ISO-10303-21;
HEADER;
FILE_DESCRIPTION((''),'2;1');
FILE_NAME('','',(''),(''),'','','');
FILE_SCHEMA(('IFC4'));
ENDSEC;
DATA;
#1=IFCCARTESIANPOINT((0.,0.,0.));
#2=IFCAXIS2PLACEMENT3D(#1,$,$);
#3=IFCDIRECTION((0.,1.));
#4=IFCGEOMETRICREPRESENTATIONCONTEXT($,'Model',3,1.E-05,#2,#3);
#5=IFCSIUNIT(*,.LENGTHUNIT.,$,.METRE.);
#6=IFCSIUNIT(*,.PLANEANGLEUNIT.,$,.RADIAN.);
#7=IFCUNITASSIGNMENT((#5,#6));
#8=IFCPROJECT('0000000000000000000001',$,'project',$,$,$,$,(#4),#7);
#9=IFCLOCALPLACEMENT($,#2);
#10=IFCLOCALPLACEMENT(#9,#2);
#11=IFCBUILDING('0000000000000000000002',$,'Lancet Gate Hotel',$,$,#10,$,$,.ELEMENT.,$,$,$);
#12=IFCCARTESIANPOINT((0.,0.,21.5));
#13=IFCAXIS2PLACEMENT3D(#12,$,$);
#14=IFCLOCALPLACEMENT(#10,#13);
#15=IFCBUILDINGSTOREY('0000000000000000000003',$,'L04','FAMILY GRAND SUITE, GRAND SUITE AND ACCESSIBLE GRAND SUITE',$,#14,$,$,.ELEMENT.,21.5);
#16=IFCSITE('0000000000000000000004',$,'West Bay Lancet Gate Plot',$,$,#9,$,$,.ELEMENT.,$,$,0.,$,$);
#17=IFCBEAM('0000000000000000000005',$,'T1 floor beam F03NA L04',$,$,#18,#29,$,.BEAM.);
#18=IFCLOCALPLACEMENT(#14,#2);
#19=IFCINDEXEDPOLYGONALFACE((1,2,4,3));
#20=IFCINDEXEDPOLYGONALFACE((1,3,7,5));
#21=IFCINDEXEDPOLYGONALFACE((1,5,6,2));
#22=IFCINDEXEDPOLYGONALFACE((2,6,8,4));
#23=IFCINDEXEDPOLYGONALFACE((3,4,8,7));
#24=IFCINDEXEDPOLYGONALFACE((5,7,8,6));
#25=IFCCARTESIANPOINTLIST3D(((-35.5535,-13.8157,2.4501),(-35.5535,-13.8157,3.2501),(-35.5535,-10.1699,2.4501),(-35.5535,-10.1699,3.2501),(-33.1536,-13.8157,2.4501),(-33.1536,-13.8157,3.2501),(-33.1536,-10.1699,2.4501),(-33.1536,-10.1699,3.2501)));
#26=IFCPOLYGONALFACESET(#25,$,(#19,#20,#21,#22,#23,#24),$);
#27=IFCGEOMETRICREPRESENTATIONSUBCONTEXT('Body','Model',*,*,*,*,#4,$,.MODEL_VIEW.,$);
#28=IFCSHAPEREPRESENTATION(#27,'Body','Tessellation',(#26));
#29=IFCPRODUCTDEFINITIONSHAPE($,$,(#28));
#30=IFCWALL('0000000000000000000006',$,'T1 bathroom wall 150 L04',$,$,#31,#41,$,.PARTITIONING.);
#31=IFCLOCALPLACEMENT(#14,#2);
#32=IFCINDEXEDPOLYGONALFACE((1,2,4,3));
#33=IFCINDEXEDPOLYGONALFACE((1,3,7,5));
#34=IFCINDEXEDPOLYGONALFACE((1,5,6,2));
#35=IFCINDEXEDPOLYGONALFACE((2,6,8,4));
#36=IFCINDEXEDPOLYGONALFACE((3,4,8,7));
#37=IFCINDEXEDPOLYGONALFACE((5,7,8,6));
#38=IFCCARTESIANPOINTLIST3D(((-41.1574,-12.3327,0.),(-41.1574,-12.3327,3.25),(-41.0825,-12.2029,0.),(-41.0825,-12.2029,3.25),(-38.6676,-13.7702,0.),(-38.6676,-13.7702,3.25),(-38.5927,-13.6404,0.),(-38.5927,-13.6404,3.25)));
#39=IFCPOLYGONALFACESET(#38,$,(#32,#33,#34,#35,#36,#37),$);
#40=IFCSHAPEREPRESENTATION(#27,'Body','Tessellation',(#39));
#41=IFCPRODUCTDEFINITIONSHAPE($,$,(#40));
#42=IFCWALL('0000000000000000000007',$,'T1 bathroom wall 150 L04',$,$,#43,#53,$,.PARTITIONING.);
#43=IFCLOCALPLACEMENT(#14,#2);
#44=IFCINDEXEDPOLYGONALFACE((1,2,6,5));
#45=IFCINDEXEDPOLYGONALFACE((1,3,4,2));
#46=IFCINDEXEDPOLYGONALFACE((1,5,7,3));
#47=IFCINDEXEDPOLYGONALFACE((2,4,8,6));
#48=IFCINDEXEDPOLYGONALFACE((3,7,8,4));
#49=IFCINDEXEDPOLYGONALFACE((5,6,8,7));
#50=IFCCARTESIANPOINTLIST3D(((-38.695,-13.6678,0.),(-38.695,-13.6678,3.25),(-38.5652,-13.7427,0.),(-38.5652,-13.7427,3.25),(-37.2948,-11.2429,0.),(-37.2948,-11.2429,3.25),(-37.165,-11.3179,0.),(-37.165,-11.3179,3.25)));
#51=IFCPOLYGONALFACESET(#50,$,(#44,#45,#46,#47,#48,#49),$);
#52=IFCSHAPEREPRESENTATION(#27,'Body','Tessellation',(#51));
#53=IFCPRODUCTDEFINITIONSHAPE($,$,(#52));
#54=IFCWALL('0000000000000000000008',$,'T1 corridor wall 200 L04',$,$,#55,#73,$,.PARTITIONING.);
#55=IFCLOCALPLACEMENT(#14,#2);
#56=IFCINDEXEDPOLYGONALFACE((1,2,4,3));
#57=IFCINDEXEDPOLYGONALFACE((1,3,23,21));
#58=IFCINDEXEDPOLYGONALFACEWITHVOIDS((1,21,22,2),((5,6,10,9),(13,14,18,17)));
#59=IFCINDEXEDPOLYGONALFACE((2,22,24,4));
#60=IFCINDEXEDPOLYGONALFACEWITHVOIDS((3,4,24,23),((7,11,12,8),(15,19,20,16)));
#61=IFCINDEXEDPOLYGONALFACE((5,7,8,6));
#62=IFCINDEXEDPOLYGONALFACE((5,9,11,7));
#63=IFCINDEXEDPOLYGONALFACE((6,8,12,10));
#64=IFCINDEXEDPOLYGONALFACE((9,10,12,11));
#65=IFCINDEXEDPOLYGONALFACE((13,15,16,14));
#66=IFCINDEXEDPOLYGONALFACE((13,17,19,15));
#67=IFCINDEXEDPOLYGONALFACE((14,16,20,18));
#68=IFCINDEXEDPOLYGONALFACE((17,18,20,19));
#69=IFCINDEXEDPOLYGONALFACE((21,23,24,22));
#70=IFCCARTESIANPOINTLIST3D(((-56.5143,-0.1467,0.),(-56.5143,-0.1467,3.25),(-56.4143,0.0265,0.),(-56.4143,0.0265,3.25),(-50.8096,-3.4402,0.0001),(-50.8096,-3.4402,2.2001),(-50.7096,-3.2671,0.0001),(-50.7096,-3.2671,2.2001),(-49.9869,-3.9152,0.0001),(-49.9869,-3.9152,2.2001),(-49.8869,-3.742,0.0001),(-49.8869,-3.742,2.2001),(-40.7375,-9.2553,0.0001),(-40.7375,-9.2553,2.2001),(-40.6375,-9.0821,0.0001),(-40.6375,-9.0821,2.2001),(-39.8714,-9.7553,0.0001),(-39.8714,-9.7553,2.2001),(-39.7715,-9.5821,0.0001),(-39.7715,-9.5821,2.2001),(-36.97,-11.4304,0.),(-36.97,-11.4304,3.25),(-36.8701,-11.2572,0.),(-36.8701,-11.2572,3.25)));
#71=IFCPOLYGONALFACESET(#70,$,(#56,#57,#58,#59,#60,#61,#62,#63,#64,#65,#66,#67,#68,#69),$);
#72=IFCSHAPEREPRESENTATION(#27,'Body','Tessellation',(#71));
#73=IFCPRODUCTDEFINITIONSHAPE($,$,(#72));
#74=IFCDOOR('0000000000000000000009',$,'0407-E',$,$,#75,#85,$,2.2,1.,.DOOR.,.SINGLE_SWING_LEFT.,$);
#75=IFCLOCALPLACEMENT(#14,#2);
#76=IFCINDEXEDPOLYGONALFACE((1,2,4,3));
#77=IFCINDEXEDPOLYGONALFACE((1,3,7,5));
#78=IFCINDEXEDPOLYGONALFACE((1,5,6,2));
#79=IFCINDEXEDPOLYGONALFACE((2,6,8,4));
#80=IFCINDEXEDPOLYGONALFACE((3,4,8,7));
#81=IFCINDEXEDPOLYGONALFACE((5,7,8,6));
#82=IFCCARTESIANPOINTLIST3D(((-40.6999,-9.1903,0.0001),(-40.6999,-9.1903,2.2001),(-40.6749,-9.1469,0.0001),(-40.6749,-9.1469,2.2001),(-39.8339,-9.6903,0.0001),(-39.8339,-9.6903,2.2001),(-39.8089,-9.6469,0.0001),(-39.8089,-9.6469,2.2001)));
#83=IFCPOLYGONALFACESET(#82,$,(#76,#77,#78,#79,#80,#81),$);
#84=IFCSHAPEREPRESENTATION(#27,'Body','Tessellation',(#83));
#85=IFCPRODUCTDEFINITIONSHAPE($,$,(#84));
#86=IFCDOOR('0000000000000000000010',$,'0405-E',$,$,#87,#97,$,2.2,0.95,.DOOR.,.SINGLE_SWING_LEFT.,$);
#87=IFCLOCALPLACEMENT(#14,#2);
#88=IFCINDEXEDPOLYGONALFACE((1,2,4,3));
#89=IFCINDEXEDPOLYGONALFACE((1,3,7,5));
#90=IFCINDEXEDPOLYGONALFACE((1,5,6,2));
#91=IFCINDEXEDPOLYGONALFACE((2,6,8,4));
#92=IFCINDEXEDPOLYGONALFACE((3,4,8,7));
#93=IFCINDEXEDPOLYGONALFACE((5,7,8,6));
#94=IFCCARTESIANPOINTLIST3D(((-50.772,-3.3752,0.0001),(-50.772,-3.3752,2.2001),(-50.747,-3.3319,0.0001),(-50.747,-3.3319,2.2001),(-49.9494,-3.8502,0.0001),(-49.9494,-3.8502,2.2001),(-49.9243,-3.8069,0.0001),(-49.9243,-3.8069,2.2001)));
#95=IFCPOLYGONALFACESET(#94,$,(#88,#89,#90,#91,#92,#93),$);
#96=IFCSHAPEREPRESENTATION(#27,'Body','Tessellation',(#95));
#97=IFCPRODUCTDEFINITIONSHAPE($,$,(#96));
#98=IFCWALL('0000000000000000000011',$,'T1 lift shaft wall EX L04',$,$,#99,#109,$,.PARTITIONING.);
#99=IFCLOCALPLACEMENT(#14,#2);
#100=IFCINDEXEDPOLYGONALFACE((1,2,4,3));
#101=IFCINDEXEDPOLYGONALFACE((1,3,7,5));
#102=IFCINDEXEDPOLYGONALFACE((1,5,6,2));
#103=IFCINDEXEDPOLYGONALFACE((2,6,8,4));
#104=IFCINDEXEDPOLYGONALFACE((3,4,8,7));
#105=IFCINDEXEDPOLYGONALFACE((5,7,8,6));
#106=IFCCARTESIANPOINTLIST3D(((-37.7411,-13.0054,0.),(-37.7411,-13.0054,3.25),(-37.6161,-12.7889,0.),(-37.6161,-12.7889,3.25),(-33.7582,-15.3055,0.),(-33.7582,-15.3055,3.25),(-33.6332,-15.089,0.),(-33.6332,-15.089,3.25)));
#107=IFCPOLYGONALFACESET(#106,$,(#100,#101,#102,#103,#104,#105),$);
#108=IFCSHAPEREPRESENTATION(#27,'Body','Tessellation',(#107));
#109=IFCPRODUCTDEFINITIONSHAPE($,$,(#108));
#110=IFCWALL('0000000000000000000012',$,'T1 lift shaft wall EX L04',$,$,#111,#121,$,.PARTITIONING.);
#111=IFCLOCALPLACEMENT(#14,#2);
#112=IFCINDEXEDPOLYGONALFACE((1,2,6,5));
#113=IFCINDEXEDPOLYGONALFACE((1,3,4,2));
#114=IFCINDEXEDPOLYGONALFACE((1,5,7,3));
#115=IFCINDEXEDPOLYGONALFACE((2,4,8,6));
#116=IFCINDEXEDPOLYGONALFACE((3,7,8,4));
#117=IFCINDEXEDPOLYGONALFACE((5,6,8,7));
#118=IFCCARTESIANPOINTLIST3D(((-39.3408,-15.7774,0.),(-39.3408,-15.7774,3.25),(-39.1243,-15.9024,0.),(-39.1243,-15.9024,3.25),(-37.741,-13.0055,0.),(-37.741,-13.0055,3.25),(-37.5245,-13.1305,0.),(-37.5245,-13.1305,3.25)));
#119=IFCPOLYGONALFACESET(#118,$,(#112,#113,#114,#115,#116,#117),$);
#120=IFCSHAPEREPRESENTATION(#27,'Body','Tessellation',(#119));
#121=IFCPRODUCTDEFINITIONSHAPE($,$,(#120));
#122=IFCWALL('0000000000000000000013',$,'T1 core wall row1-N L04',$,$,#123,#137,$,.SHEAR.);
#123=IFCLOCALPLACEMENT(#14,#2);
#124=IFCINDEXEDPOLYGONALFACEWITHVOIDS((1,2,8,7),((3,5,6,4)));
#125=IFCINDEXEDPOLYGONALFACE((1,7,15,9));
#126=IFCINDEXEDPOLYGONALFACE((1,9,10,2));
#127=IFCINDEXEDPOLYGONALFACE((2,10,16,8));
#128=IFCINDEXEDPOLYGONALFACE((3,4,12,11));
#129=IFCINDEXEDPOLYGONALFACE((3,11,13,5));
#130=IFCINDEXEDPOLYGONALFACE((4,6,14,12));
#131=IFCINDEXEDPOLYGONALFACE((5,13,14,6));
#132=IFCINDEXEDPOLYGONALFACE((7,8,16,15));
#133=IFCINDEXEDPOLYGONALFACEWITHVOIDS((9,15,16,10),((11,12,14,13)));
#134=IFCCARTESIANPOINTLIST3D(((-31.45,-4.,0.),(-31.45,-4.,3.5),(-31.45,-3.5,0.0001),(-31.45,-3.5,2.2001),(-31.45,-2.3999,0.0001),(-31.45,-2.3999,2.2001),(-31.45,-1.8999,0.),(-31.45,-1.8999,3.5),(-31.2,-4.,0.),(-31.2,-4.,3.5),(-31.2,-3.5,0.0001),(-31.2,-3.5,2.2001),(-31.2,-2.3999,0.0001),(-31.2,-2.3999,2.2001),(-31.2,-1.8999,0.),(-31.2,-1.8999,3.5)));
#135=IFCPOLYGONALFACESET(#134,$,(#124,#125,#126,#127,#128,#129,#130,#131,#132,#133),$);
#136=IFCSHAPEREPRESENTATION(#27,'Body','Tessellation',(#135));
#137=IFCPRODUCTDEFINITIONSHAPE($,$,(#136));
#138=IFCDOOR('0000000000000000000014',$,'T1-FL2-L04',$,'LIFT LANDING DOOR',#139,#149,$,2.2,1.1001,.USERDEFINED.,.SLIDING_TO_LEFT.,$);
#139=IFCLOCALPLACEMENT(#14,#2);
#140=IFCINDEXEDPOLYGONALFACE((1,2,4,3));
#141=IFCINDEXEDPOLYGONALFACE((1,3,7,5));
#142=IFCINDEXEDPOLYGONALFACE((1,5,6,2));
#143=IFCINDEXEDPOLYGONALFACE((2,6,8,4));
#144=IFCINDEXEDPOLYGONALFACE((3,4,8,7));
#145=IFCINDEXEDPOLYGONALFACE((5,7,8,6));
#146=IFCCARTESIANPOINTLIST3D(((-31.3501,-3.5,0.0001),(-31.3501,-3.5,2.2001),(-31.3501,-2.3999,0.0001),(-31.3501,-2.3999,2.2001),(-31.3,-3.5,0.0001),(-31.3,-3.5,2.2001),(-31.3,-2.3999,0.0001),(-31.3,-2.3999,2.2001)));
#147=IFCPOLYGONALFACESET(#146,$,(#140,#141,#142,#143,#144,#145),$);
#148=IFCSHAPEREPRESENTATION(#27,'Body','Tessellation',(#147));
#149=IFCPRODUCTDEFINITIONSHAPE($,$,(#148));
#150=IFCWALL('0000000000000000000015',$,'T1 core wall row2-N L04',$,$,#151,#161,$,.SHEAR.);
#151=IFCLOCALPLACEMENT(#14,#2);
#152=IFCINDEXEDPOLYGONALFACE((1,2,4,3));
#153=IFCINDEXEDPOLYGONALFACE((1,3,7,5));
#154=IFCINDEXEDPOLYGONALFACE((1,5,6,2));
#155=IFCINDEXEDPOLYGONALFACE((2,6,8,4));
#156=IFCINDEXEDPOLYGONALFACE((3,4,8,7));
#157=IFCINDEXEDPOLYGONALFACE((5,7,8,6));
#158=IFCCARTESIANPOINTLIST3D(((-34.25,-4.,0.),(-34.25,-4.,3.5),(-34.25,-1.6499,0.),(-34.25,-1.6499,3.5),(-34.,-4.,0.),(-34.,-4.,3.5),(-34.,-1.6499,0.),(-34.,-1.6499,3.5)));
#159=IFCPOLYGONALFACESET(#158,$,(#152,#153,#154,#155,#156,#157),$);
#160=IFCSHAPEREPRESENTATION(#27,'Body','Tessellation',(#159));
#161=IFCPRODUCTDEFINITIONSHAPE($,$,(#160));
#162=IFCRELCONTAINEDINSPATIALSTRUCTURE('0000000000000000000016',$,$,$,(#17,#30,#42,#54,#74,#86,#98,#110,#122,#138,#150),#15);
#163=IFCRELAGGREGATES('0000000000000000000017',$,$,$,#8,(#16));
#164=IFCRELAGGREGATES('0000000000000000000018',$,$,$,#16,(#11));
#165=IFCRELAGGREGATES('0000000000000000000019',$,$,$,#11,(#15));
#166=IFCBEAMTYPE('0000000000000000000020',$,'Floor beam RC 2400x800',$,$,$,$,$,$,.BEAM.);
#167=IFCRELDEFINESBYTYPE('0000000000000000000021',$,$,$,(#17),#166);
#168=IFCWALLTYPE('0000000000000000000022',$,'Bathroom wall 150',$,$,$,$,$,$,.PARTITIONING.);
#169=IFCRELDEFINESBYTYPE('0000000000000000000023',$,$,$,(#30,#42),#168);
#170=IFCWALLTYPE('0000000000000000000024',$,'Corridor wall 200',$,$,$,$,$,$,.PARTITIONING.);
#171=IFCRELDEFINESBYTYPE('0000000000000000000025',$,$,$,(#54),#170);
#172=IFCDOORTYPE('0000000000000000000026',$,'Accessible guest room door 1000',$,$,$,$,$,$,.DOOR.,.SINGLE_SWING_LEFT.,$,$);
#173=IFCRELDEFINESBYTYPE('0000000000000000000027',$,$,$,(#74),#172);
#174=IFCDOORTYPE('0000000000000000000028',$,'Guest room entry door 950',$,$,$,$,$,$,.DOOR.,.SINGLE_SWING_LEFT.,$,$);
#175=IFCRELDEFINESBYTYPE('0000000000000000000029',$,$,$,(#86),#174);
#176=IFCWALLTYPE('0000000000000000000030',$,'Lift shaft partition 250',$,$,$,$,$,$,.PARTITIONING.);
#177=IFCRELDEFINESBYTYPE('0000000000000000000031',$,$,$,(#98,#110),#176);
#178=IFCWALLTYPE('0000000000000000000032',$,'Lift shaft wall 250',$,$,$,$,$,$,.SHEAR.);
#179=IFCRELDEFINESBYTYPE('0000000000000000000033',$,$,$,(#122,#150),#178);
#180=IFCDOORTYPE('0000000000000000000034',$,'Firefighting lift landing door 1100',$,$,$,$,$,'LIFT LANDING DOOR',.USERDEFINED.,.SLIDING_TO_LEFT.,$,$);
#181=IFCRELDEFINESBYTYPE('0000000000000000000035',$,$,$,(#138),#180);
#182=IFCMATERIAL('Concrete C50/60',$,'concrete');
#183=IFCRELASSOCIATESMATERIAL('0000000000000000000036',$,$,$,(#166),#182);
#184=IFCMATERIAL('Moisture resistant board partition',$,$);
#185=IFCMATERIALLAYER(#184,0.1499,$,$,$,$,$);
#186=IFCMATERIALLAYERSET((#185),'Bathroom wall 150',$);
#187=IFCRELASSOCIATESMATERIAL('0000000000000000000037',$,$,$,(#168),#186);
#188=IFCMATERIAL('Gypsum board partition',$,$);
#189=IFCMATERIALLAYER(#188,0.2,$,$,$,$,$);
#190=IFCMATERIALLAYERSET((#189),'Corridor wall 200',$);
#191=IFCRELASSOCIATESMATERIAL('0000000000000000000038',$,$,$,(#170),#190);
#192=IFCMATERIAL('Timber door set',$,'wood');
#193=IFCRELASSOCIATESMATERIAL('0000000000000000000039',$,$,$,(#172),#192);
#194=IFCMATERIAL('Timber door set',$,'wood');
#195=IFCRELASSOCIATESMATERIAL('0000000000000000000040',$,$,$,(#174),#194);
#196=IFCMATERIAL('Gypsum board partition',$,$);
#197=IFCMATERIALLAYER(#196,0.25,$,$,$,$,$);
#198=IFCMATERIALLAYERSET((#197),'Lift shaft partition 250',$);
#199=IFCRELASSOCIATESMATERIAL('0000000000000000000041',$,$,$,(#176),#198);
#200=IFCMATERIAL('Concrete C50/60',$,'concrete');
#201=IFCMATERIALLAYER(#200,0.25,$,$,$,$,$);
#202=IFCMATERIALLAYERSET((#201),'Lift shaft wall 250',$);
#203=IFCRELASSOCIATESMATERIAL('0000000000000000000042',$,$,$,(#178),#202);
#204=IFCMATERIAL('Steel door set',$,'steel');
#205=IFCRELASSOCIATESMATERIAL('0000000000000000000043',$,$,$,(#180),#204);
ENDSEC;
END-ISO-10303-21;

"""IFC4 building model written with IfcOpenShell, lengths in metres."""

from ifc_helpers import new_model, si_unit, direction, frame, frame_2d, origin, origin_2d, place, context, subcontext, project, spatial, rectangle, extrude, material, layer, layer_set, material_profile, profile_set, type_object, element, fill, save


model = new_model("IFC4")

# Units and contexts
model_context = context("Model", 3, precision=1e-05, world=origin(), true_north=direction((0.0, 1.0)))
body_context = subcontext(model_context, "Body", "Model", "MODEL_VIEW")
ifc_project = project(units=[si_unit("LENGTHUNIT", "METRE"), si_unit("PLANEANGLEUNIT", "RADIAN")], contexts=[model_context])

# Site, building, storey
site_placement = place(None, origin())
site = spatial("IfcSite", under=ifc_project, at=site_placement, Name="West Bay Lancet Gate Plot", CompositionType="ELEMENT", RefElevation=0.0)
building_placement = place(site_placement, origin())
building = spatial("IfcBuilding", under=site, at=building_placement, Name="Lancet Gate Hotel", CompositionType="ELEMENT")
storey_placement = place(building_placement, frame((0.0, 0.0, 21.5)))
storey = spatial("IfcBuildingStorey", under=building, at=storey_placement, Name="L04", Description="FAMILY GRAND SUITE, GRAND SUITE AND ACCESSIBLE GRAND SUITE", CompositionType="ELEMENT", Elevation=21.5)

# Beam
ifc_material_1 = material(Name="Concrete C50/60", Category="concrete")
ifc_material_profile = material_profile(ifc_material_1, rectangle(XDim=2.3999, YDim=0.8, at=origin_2d()), Name="RC 2400x800")
ifc_profile_set = profile_set([ifc_material_profile], Name="Concrete C50/60")
beam_type = type_object("IfcBeamType", Name="Floor beam RC 2400x800", PredefinedType="BEAM", material=ifc_profile_set)
beam_placement = place(storey_placement, frame((-34.3535, -10.1699, 2.8501), z_axis=(0.0, -1.0, 0.0), x_axis=(1.0, 0.0, 0.0)))
element("IfcBeam", 1, at=beam_placement, inside=storey, type_object=beam_type, Name="T1 floor beam F03NA L04", PredefinedType="BEAM", context=body_context, shape_type="SweptSolid", body=[
    extrude(rectangle(XDim=2.3999, YDim=0.8, at=origin_2d()), origin(), (0.0, 0.0, 1.0), 3.6458),
])

# Walls
ifc_material_2 = material(Name="Moisture resistant board partition")
ifc_layer_1 = layer(ifc_material_2, 0.1499)
ifc_layer_set_1 = layer_set([ifc_layer_1], Name="Bathroom wall 150")
wall_type_1 = type_object("IfcWallType", Name="Bathroom wall 150", PredefinedType="PARTITIONING", material=ifc_layer_set_1)
wall_1_placement = place(storey_placement, frame((-38.6301, -13.7053, 0.0), z_axis=(0.0, 0.0, 1.0), x_axis=(-0.866019, 0.500012, 0.0)))
element("IfcWall", 2, at=wall_1_placement, inside=storey, type_object=wall_type_1, Name="T1 bathroom wall 150 L04", PredefinedType="PARTITIONING", context=body_context, shape_type="SweptSolid", body=[
    extrude(rectangle(XDim=2.875, YDim=0.1499, at=frame_2d((1.4375, 0.0))), origin(), (0.0, 0.0, 1.0), 3.25),
])
wall_2_placement = place(storey_placement, frame((-37.23, -11.2805, 0.0), z_axis=(0.0, 0.0, 1.0), x_axis=(-0.50005, -0.865997, 0.0)))
element("IfcWall", 3, at=wall_2_placement, inside=storey, type_object=wall_type_1, Name="T1 bathroom wall 150 L04", PredefinedType="PARTITIONING", context=body_context, shape_type="SweptSolid", body=[
    extrude(rectangle(XDim=2.8, YDim=0.1499, at=frame_2d((1.3999, 0.0))), origin(), (0.0, 0.0, 1.0), 3.25),
])

# Wall, openings, doors
ifc_material_3 = material(Name="Gypsum board partition")
ifc_layer_2 = layer(ifc_material_3, 0.2)
ifc_layer_set_2 = layer_set([ifc_layer_2], Name="Corridor wall 200")
wall_type_2 = type_object("IfcWallType", Name="Corridor wall 200", PredefinedType="PARTITIONING", material=ifc_layer_set_2)
wall_3_placement = place(storey_placement, frame((-36.9202, -11.3438, 0.0), z_axis=(0.0, 0.0, 1.0), x_axis=(-0.866028, 0.499995, 0.0)))
wall_3 = element("IfcWall", 4, at=wall_3_placement, inside=storey, type_object=wall_type_2, Name="T1 corridor wall 200 L04", PredefinedType="PARTITIONING", context=body_context, shape_type="SweptSolid", body=[
    extrude(rectangle(XDim=22.5676, YDim=0.2, at=frame_2d((11.2837, 0.0))), origin(), (0.0, 0.0, 1.0), 3.25),
])
opening_1_placement = place(wall_3_placement, frame((15.0303, 0.0, 0.0)))
opening_1 = element("IfcOpeningElement", 5, at=opening_1_placement, cuts=wall_3, PredefinedType="OPENING", context=body_context, shape_type="SweptSolid", body=[
    extrude(rectangle(XDim=0.95, YDim=2.2, at=frame_2d((0.4751, 1.1001))), frame((0.0, 0.1099, 0.0), z_axis=(0.0, -1.0, 0.0), x_axis=(1.0, 0.0, 0.0)), (0.0, 0.0, 1.0), 0.22),
])
opening_2_placement = place(wall_3_placement, frame((3.3501, 0.0, 0.0)))
opening_2 = element("IfcOpeningElement", 6, at=opening_2_placement, cuts=wall_3, PredefinedType="OPENING", context=body_context, shape_type="SweptSolid", body=[
    extrude(rectangle(XDim=1.0, YDim=2.2, at=frame_2d((0.5, 1.1001))), frame((0.0, 0.1099, 0.0), z_axis=(0.0, -1.0, 0.0), x_axis=(1.0, 0.0, 0.0)), (0.0, 0.0, 1.0), 0.22),
])
ifc_material_4 = material(Name="Timber door set", Category="wood")
door_type_1 = type_object("IfcDoorType", Name="Accessible guest room door 1000", OperationType="SINGLE_SWING_LEFT", PredefinedType="DOOR", material=ifc_material_4)
door_1_placement = place(opening_2_placement, origin())
door_1 = element("IfcDoor", 7, at=door_1_placement, inside=storey, type_object=door_type_1, Name="0407-E", OperationType="SINGLE_SWING_LEFT", OverallHeight=2.2, OverallWidth=1.0, PredefinedType="DOOR", context=body_context, shape_type="SweptSolid", body=[
    extrude(rectangle(XDim=1.0, YDim=2.2, at=frame_2d((0.5, 1.1001))), frame((0.0, 0.0249, 0.0), z_axis=(0.0, -1.0, 0.0), x_axis=(1.0, 0.0, 0.0)), (0.0, 0.0, 1.0), 0.05),
])
fill(opening_2, door_1)
ifc_material_5 = material(Name="Timber door set", Category="wood")
door_type_2 = type_object("IfcDoorType", Name="Guest room entry door 950", OperationType="SINGLE_SWING_LEFT", PredefinedType="DOOR", material=ifc_material_5)
door_2_placement = place(opening_1_placement, origin())
door_2 = element("IfcDoor", 8, at=door_2_placement, inside=storey, type_object=door_type_2, Name="0405-E", OperationType="SINGLE_SWING_LEFT", OverallHeight=2.2, OverallWidth=0.95, PredefinedType="DOOR", context=body_context, shape_type="SweptSolid", body=[
    extrude(rectangle(XDim=0.95, YDim=2.2, at=frame_2d((0.4751, 1.1001))), frame((0.0, 0.0249, 0.0), z_axis=(0.0, -1.0, 0.0), x_axis=(1.0, 0.0, 0.0)), (0.0, 0.0, 1.0), 0.05),
])
fill(opening_1, door_2)

# Walls
ifc_material_6 = material(Name="Gypsum board partition")
ifc_layer_3 = layer(ifc_material_6, 0.25)
ifc_layer_set_3 = layer_set([ifc_layer_3], Name="Lift shaft partition 250")
wall_type_3 = type_object("IfcWallType", Name="Lift shaft partition 250", PredefinedType="PARTITIONING", material=ifc_layer_set_3)
wall_4_placement = place(storey_placement, frame((-33.6956, -15.1973, 0.0), z_axis=(0.0, 0.0, 1.0), x_axis=(-0.865977, 0.500084, 0.0)))
element("IfcWall", 9, at=wall_4_placement, inside=storey, type_object=wall_type_3, Name="T1 lift shaft wall EX L04", PredefinedType="PARTITIONING", context=body_context, shape_type="SweptSolid", body=[
    extrude(rectangle(XDim=4.5994, YDim=0.25, at=frame_2d((2.2998, 0.0))), origin(), (0.0, 0.0, 1.0), 3.25),
])
wall_5_placement = place(storey_placement, frame((-37.6328, -13.0681, 0.0), z_axis=(0.0, 0.0, 1.0), x_axis=(-0.499872, -0.866099, 0.0)))
element("IfcWall", 10, at=wall_5_placement, inside=storey, type_object=wall_type_3, Name="T1 lift shaft wall EX L04", PredefinedType="PARTITIONING", context=body_context, shape_type="SweptSolid", body=[
    extrude(rectangle(XDim=3.2004, YDim=0.25, at=frame_2d((1.6001, 0.0))), origin(), (0.0, 0.0, 1.0), 3.25),
])

# Wall, opening, door
ifc_material_7 = material(Name="Concrete C50/60", Category="concrete")
ifc_layer_4 = layer(ifc_material_7, 0.25)
ifc_layer_set_4 = layer_set([ifc_layer_4], Name="Lift shaft wall 250")
wall_type_4 = type_object("IfcWallType", Name="Lift shaft wall 250", PredefinedType="SHEAR", material=ifc_layer_set_4)
wall_6_placement = place(storey_placement, frame((-31.325, -1.8999, 0.0), z_axis=(0.0, 0.0, 1.0), x_axis=(0.0, -1.0, 0.0)))
wall_6 = element("IfcWall", 11, at=wall_6_placement, inside=storey, type_object=wall_type_4, Name="T1 core wall row1-N L04", PredefinedType="SHEAR", context=body_context, shape_type="SweptSolid", body=[
    extrude(rectangle(XDim=2.1001, YDim=0.25, at=frame_2d((1.05, 0.0))), origin(), (0.0, 0.0, 1.0), 3.5),
])
opening_3_placement = place(wall_6_placement, frame((0.5, 0.0, 0.0)))
opening_3 = element("IfcOpeningElement", 12, at=opening_3_placement, cuts=wall_6, PredefinedType="OPENING", context=body_context, shape_type="SweptSolid", body=[
    extrude(rectangle(XDim=1.1001, YDim=2.2, at=frame_2d((0.55, 1.1001))), frame((0.0, 0.135, 0.0), z_axis=(0.0, -1.0, 0.0), x_axis=(1.0, 0.0, 0.0)), (0.0, 0.0, 1.0), 0.27),
])
ifc_material_8 = material(Name="Steel door set", Category="steel")
door_type_3 = type_object("IfcDoorType", Name="Firefighting lift landing door 1100", ElementType="LIFT LANDING DOOR", OperationType="SLIDING_TO_LEFT", PredefinedType="USERDEFINED", material=ifc_material_8)
door_3_placement = place(opening_3_placement, origin())
door_3 = element("IfcDoor", 13, at=door_3_placement, inside=storey, type_object=door_type_3, Name="T1-FL2-L04", ObjectType="LIFT LANDING DOOR", OperationType="SLIDING_TO_LEFT", OverallHeight=2.2, OverallWidth=1.1001, PredefinedType="USERDEFINED", context=body_context, shape_type="SweptSolid", body=[
    extrude(rectangle(XDim=1.1001, YDim=2.2, at=frame_2d((0.55, 1.1001))), frame((0.0, 0.0249, 0.0), z_axis=(0.0, -1.0, 0.0), x_axis=(1.0, 0.0, 0.0)), (0.0, 0.0, 1.0), 0.05),
])
fill(opening_3, door_3)

# Wall
wall_7_placement = place(storey_placement, frame((-34.125, -1.6499, 0.0), z_axis=(0.0, 0.0, 1.0), x_axis=(0.0, -1.0, 0.0)))
element("IfcWall", 14, at=wall_7_placement, inside=storey, type_object=wall_type_4, Name="T1 core wall row2-N L04", PredefinedType="SHEAR", context=body_context, shape_type="SweptSolid", body=[
    extrude(rectangle(XDim=2.3501, YDim=0.25, at=frame_2d((1.175, 0.0))), origin(), (0.0, 0.0, 1.0), 3.5),
])

save(model, "model.ifc")
